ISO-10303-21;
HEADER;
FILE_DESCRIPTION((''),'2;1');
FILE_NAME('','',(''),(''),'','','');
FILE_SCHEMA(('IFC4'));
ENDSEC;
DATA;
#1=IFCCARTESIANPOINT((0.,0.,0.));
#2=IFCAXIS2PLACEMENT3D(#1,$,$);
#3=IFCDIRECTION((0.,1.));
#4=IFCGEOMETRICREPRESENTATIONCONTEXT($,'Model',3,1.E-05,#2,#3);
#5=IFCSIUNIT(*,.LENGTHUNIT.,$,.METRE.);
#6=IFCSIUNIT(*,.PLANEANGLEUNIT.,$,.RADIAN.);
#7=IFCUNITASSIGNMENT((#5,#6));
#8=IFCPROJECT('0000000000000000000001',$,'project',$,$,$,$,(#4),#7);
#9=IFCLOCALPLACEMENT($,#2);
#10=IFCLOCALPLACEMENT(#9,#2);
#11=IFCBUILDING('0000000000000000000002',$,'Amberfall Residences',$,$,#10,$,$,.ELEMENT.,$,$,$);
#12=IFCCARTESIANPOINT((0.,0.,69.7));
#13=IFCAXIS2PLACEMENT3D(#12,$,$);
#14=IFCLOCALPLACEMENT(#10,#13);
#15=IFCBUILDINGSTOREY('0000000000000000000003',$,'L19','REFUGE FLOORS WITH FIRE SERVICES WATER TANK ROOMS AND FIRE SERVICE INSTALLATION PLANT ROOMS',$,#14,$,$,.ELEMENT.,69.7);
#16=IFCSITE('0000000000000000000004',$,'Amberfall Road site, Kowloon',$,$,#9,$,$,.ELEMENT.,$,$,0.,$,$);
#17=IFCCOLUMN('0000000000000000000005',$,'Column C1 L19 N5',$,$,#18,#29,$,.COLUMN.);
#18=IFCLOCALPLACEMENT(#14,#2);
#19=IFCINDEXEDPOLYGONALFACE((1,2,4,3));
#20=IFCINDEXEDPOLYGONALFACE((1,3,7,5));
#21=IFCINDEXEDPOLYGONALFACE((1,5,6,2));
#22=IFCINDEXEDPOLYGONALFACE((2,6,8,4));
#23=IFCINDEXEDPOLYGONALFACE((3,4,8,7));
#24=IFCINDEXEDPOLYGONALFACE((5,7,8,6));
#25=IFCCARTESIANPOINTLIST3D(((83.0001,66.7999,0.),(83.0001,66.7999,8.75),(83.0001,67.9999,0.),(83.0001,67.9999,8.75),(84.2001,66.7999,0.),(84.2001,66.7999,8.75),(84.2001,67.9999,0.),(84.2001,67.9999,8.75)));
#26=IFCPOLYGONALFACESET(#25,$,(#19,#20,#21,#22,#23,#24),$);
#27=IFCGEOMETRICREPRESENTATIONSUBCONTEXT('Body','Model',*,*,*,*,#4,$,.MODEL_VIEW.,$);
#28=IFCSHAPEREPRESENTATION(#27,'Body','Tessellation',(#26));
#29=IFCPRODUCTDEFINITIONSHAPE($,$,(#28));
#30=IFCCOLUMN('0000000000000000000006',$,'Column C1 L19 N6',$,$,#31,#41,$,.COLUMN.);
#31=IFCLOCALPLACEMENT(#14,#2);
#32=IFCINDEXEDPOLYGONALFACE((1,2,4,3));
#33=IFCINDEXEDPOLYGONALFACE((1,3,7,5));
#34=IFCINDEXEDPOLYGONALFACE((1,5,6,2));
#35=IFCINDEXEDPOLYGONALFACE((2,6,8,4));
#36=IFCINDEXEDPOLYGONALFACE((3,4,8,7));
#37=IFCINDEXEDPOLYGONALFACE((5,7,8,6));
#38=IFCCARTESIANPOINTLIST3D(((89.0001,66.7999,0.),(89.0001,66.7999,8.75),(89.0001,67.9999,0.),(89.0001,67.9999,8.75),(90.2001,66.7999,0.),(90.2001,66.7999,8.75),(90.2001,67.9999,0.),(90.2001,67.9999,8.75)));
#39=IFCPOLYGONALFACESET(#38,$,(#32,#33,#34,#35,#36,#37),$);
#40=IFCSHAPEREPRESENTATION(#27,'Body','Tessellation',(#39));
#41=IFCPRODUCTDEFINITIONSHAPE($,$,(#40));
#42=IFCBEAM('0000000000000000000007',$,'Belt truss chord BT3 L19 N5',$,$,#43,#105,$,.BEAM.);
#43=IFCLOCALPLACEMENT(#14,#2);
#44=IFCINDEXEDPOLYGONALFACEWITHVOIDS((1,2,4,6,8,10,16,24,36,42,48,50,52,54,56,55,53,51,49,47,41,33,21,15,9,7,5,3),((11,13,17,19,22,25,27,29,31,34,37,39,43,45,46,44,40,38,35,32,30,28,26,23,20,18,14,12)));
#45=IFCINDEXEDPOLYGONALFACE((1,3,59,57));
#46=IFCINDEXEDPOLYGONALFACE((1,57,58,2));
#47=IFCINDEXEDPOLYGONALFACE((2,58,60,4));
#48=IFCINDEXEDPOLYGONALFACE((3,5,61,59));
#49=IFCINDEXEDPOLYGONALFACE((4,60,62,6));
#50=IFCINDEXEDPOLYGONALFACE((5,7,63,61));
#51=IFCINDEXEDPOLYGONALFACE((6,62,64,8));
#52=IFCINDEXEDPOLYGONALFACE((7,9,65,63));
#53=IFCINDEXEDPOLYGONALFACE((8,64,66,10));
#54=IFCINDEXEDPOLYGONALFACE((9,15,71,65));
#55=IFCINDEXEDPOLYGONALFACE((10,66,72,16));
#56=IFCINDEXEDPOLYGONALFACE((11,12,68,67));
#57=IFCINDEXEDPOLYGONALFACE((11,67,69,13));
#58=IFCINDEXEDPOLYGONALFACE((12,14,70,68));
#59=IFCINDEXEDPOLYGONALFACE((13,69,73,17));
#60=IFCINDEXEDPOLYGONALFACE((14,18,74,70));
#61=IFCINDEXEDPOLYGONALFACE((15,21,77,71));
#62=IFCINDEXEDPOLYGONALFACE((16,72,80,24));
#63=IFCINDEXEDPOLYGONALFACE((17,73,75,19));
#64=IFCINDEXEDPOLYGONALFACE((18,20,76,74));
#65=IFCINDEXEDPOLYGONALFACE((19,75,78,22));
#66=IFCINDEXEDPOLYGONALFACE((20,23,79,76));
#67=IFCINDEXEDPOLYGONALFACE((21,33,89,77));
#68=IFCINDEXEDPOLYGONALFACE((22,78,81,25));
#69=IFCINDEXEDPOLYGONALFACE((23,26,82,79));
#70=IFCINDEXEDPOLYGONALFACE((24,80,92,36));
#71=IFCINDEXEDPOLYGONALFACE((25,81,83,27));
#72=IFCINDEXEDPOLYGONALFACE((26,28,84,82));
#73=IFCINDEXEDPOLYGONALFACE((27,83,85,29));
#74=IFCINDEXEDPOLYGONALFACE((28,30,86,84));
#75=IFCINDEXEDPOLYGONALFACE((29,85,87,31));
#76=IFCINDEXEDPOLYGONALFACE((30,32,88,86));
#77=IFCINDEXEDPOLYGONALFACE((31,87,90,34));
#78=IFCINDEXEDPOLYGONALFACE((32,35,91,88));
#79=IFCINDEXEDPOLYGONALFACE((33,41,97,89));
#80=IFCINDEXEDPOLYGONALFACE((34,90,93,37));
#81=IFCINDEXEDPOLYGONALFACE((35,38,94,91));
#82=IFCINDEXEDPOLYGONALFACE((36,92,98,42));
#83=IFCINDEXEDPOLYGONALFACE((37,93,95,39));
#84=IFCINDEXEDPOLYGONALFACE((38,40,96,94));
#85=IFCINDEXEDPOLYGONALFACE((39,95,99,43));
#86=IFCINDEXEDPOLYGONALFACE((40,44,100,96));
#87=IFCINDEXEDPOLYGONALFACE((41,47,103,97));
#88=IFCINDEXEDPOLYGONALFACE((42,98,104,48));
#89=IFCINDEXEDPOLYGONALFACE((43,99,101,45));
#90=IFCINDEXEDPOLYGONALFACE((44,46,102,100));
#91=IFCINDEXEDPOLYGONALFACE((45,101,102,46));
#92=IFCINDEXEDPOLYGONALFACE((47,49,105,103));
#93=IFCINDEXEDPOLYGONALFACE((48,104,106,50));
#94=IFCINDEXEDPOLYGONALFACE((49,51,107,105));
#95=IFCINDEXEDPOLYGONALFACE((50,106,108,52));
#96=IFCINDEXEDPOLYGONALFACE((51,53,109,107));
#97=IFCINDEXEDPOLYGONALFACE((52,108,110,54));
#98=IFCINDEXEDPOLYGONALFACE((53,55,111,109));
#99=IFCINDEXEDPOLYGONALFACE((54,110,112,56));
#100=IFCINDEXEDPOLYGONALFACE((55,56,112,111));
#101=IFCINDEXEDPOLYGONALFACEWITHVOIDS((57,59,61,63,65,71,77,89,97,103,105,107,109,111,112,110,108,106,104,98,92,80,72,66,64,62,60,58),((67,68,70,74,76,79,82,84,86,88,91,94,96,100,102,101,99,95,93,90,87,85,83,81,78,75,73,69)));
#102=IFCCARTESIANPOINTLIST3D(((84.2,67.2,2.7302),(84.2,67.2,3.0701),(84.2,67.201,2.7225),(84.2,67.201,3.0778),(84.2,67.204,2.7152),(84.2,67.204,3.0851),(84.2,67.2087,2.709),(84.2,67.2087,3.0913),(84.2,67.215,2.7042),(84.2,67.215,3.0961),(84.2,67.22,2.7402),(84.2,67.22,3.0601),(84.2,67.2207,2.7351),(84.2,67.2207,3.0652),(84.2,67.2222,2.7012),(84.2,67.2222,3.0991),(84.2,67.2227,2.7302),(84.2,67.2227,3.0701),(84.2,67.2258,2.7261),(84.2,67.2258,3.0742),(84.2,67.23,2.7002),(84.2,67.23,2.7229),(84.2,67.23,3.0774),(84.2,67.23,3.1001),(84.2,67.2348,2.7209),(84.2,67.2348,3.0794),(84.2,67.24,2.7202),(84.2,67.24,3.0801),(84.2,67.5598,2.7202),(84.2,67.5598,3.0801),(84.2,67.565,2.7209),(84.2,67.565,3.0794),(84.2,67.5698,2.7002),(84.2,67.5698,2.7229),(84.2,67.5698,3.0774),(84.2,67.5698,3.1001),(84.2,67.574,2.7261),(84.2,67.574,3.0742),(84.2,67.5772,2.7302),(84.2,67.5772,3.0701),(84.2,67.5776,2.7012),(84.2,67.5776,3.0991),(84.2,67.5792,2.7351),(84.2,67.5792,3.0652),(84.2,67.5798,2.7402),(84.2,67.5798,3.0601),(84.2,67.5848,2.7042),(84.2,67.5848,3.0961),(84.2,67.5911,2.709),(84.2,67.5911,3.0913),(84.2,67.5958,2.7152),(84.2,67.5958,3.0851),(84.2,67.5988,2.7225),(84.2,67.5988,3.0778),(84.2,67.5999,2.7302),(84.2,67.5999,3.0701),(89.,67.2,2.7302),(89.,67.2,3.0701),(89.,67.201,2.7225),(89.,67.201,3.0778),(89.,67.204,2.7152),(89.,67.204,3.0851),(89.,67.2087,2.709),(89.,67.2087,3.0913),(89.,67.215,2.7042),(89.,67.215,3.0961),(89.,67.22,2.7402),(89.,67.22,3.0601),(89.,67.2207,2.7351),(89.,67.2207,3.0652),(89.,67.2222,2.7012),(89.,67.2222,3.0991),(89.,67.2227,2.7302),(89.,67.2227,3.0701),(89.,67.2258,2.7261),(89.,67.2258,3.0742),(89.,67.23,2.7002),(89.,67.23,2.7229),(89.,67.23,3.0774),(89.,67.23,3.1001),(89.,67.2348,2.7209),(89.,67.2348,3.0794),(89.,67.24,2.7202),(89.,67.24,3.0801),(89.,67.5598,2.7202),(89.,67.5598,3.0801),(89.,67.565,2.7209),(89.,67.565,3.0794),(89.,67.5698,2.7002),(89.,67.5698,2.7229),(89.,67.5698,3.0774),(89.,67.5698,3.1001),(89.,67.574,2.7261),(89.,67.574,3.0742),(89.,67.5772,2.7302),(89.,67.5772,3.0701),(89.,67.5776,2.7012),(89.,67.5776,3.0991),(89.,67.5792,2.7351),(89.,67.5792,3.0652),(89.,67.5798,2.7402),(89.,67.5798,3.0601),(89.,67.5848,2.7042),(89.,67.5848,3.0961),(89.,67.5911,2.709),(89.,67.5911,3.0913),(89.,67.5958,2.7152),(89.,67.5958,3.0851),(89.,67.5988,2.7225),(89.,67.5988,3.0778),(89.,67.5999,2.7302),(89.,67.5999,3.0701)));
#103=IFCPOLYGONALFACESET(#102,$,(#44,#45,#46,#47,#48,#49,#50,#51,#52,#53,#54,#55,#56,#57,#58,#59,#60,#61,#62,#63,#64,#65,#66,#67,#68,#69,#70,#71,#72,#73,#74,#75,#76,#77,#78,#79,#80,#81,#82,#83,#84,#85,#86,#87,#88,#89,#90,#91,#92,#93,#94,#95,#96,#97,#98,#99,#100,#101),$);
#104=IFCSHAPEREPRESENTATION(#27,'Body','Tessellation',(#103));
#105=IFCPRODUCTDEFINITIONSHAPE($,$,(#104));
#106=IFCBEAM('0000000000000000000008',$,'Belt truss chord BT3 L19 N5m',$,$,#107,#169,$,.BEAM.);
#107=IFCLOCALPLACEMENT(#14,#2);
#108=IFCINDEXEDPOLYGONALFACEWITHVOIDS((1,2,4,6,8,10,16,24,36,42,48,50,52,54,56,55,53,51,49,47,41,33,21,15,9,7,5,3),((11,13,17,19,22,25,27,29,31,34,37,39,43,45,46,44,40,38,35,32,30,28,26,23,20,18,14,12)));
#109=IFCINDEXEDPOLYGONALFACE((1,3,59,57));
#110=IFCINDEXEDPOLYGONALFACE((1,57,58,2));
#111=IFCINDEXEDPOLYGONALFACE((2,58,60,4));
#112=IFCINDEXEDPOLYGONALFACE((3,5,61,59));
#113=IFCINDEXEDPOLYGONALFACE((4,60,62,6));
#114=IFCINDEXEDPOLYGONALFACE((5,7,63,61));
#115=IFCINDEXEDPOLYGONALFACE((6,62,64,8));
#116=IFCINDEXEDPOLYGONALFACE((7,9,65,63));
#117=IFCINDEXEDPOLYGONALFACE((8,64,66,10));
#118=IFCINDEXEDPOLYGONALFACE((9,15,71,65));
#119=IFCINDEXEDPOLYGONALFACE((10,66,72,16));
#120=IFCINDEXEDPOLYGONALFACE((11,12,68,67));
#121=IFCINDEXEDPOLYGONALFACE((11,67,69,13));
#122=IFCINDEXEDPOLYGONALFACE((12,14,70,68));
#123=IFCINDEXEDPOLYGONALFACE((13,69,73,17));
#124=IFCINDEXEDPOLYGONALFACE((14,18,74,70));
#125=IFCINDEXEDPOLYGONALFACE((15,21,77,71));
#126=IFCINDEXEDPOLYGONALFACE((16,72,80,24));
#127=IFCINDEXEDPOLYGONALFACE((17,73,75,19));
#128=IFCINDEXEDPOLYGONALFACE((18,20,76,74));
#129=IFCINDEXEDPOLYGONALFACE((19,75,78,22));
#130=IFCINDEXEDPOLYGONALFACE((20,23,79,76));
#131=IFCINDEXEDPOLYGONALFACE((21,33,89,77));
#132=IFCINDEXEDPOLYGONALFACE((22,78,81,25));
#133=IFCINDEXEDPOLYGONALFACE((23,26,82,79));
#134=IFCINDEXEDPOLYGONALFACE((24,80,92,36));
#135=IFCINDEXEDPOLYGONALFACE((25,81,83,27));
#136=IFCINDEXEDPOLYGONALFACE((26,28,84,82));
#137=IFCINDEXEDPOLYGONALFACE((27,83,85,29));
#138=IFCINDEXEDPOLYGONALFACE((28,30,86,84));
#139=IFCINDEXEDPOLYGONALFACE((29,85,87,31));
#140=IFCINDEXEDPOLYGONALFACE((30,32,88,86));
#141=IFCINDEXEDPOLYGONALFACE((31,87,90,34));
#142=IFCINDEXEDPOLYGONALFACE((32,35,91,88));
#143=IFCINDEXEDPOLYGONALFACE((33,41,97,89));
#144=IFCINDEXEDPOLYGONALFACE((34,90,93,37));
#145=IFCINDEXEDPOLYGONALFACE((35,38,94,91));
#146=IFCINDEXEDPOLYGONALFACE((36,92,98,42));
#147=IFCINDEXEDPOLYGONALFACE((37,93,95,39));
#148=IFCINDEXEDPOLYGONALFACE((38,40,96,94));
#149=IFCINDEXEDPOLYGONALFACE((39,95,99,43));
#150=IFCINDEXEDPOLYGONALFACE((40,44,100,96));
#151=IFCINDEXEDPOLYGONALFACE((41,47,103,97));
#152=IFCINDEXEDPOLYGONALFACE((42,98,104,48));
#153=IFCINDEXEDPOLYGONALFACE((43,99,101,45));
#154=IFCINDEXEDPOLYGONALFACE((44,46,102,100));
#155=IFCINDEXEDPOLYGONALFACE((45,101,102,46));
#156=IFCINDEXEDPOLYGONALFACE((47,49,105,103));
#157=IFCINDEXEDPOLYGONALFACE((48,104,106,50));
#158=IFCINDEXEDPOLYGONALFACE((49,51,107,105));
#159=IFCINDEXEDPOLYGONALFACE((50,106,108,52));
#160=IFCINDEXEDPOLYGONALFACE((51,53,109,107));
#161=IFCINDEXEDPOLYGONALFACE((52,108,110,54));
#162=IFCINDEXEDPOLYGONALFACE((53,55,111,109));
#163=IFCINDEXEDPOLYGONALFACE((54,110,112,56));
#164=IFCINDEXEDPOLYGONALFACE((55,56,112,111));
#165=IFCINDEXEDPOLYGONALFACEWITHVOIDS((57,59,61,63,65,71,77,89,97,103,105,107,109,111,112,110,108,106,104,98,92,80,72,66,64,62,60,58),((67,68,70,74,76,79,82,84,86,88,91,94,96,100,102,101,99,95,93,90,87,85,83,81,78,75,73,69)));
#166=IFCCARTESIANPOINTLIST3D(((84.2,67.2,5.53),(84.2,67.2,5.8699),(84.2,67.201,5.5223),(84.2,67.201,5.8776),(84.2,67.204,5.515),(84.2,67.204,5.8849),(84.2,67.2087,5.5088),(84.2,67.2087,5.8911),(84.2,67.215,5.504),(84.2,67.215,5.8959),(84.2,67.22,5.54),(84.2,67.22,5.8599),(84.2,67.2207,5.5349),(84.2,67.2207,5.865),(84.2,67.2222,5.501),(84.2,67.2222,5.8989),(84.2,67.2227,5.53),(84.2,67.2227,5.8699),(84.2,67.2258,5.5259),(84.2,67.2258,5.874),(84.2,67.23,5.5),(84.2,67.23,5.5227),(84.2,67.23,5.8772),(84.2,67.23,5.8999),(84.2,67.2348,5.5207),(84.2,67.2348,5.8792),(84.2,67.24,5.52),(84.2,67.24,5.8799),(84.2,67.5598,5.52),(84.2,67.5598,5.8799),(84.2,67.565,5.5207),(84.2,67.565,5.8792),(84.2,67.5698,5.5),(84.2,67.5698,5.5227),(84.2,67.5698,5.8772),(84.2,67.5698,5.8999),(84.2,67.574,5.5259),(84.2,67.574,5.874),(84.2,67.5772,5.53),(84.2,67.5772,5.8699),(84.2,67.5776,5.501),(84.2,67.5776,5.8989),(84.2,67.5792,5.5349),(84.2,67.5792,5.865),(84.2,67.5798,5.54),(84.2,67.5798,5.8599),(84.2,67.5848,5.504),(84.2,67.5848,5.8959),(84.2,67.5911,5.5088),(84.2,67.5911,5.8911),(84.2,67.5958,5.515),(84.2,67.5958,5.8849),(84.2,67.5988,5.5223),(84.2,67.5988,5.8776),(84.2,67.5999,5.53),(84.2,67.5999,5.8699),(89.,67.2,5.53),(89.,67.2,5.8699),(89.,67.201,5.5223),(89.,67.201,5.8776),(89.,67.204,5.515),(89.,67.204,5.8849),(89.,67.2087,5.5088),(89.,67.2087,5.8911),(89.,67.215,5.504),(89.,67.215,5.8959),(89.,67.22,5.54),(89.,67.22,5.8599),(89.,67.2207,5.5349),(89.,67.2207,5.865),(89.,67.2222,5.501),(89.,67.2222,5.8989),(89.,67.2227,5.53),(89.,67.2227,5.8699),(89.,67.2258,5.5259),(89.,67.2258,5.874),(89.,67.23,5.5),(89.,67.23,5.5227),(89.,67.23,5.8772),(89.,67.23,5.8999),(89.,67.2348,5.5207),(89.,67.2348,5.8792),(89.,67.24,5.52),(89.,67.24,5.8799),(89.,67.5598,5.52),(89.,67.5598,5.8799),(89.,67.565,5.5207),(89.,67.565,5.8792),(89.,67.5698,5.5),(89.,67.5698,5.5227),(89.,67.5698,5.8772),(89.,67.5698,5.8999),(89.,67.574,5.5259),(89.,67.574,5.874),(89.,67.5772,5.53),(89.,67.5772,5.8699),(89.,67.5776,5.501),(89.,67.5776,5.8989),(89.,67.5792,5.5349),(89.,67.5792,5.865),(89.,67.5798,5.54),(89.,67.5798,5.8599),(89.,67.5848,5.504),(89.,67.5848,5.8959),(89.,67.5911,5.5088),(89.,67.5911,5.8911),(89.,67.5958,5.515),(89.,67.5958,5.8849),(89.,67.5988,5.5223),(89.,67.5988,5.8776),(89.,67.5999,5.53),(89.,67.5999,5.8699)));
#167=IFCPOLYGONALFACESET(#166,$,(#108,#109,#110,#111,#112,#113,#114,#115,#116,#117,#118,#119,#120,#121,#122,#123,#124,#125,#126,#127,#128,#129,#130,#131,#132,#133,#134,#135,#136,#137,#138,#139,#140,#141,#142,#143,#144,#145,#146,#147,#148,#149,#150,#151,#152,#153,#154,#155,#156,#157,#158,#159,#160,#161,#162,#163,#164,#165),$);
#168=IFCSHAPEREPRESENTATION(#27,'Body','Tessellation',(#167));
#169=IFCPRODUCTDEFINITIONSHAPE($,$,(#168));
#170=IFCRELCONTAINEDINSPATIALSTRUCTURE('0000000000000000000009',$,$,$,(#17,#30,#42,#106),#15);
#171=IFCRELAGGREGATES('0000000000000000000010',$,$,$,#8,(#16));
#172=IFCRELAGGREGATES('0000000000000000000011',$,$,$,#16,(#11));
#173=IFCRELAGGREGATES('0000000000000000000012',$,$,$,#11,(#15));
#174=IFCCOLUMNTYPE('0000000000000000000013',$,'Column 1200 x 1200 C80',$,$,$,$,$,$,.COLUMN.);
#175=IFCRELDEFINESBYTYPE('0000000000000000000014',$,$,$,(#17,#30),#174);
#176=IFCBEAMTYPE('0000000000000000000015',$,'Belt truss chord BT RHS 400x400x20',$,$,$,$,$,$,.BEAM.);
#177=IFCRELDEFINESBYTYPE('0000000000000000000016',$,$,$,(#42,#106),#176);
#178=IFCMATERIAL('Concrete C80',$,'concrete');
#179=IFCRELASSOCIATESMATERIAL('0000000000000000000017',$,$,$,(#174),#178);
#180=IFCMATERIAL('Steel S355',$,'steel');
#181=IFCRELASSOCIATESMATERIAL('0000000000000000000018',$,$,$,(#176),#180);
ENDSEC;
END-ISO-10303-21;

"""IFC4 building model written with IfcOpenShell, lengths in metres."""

from ifc_helpers import new_model, si_unit, direction, frame, origin, origin_2d, place, context, subcontext, project, spatial, rectangle, hollow_rectangle, extrude, material, material_profile, profile_set, type_object, element, save


model = new_model("IFC4")

# Units and contexts
model_context = context("Model", 3, precision=1e-05, world=origin(), true_north=direction((0.0, 1.0)))
body_context = subcontext(model_context, "Body", "Model", "MODEL_VIEW")
ifc_project = project(units=[si_unit("LENGTHUNIT", "METRE"), si_unit("PLANEANGLEUNIT", "RADIAN")], contexts=[model_context])

# Site, building, storey
site_placement = place(None, origin())
site = spatial("IfcSite", under=ifc_project, at=site_placement, Name="Amberfall Road site, Kowloon", CompositionType="ELEMENT", RefElevation=0.0)
building_placement = place(site_placement, origin())
building = spatial("IfcBuilding", under=site, at=building_placement, Name="Amberfall Residences", CompositionType="ELEMENT")
storey_placement = place(building_placement, frame((0.0, 0.0, 69.7)))
storey = spatial("IfcBuildingStorey", under=building, at=storey_placement, Name="L19", Description="REFUGE FLOORS WITH FIRE SERVICES WATER TANK ROOMS AND FIRE SERVICE INSTALLATION PLANT ROOMS", CompositionType="ELEMENT", Elevation=69.7)

# Columns
ifc_material_1 = material(Name="Concrete C80", Category="concrete")
ifc_material_profile_1 = material_profile(ifc_material_1, rectangle(XDim=1.2, YDim=1.2, at=origin_2d()), Name="Column 1200 x 1200 C80")
ifc_profile_set_1 = profile_set([ifc_material_profile_1], Name="Concrete C80")
column_type = type_object("IfcColumnType", Name="Column 1200 x 1200 C80", PredefinedType="COLUMN", material=ifc_profile_set_1)
for number, where, z_axis, x_axis, name in (
    (1, (83.6001, 67.3999, 0.0), (0.0, 0.0, 1.0), (1.0, 0.0, 0.0), "Column C1 L19 N5"),
    (2, (89.6001, 67.3999, 0.0), (0.0, 0.0, 1.0), (1.0, 0.0, 0.0), "Column C1 L19 N6"),
):
    element("IfcColumn", number, at=place(storey_placement, frame(where, z_axis=z_axis, x_axis=x_axis)), inside=storey, type_object=column_type, Name=name, PredefinedType="COLUMN", context=body_context, shape_type="SweptSolid", body=[
        extrude(rectangle(XDim=1.2, YDim=1.2, at=origin_2d()), origin(), (0.0, 0.0, 1.0), 8.75),
    ])

# Beams
ifc_material_2 = material(Name="Steel S355", Category="steel")
ifc_material_profile_2 = material_profile(ifc_material_2, hollow_rectangle(XDim=0.3999, YDim=0.3999, WallThickness=0.02, InnerFilletRadius=0.02, OuterFilletRadius=0.03, at=origin_2d()), Name="RHS 400x400x20")
ifc_profile_set_2 = profile_set([ifc_material_profile_2], Name="Steel S355")
beam_type_1 = type_object("IfcBeamType", Name="Belt truss chord BT RHS 400x400x20", PredefinedType="BEAM", material=ifc_profile_set_2)
for number, where, z_axis, x_axis, name in (
    (3, (84.2, 67.3999, 2.9001), (1.0, 0.0, 0.0), (0.0, 1.0, 0.0), "Belt truss chord BT3 L19 N5"),
    (4, (84.2, 67.3999, 5.7), (1.0, 0.0, 0.0), (0.0, 1.0, 0.0), "Belt truss chord BT3 L19 N5m"),
):
    element("IfcBeam", number, at=place(storey_placement, frame(where, z_axis=z_axis, x_axis=x_axis)), inside=storey, type_object=beam_type_1, Name=name, PredefinedType="BEAM", context=body_context, shape_type="SweptSolid", body=[
        extrude(hollow_rectangle(XDim=0.3999, YDim=0.3999, WallThickness=0.02, InnerFilletRadius=0.02, OuterFilletRadius=0.03, at=origin_2d()), origin(), (0.0, 0.0, 1.0), 4.8),
    ])

save(model, "model.ifc")
